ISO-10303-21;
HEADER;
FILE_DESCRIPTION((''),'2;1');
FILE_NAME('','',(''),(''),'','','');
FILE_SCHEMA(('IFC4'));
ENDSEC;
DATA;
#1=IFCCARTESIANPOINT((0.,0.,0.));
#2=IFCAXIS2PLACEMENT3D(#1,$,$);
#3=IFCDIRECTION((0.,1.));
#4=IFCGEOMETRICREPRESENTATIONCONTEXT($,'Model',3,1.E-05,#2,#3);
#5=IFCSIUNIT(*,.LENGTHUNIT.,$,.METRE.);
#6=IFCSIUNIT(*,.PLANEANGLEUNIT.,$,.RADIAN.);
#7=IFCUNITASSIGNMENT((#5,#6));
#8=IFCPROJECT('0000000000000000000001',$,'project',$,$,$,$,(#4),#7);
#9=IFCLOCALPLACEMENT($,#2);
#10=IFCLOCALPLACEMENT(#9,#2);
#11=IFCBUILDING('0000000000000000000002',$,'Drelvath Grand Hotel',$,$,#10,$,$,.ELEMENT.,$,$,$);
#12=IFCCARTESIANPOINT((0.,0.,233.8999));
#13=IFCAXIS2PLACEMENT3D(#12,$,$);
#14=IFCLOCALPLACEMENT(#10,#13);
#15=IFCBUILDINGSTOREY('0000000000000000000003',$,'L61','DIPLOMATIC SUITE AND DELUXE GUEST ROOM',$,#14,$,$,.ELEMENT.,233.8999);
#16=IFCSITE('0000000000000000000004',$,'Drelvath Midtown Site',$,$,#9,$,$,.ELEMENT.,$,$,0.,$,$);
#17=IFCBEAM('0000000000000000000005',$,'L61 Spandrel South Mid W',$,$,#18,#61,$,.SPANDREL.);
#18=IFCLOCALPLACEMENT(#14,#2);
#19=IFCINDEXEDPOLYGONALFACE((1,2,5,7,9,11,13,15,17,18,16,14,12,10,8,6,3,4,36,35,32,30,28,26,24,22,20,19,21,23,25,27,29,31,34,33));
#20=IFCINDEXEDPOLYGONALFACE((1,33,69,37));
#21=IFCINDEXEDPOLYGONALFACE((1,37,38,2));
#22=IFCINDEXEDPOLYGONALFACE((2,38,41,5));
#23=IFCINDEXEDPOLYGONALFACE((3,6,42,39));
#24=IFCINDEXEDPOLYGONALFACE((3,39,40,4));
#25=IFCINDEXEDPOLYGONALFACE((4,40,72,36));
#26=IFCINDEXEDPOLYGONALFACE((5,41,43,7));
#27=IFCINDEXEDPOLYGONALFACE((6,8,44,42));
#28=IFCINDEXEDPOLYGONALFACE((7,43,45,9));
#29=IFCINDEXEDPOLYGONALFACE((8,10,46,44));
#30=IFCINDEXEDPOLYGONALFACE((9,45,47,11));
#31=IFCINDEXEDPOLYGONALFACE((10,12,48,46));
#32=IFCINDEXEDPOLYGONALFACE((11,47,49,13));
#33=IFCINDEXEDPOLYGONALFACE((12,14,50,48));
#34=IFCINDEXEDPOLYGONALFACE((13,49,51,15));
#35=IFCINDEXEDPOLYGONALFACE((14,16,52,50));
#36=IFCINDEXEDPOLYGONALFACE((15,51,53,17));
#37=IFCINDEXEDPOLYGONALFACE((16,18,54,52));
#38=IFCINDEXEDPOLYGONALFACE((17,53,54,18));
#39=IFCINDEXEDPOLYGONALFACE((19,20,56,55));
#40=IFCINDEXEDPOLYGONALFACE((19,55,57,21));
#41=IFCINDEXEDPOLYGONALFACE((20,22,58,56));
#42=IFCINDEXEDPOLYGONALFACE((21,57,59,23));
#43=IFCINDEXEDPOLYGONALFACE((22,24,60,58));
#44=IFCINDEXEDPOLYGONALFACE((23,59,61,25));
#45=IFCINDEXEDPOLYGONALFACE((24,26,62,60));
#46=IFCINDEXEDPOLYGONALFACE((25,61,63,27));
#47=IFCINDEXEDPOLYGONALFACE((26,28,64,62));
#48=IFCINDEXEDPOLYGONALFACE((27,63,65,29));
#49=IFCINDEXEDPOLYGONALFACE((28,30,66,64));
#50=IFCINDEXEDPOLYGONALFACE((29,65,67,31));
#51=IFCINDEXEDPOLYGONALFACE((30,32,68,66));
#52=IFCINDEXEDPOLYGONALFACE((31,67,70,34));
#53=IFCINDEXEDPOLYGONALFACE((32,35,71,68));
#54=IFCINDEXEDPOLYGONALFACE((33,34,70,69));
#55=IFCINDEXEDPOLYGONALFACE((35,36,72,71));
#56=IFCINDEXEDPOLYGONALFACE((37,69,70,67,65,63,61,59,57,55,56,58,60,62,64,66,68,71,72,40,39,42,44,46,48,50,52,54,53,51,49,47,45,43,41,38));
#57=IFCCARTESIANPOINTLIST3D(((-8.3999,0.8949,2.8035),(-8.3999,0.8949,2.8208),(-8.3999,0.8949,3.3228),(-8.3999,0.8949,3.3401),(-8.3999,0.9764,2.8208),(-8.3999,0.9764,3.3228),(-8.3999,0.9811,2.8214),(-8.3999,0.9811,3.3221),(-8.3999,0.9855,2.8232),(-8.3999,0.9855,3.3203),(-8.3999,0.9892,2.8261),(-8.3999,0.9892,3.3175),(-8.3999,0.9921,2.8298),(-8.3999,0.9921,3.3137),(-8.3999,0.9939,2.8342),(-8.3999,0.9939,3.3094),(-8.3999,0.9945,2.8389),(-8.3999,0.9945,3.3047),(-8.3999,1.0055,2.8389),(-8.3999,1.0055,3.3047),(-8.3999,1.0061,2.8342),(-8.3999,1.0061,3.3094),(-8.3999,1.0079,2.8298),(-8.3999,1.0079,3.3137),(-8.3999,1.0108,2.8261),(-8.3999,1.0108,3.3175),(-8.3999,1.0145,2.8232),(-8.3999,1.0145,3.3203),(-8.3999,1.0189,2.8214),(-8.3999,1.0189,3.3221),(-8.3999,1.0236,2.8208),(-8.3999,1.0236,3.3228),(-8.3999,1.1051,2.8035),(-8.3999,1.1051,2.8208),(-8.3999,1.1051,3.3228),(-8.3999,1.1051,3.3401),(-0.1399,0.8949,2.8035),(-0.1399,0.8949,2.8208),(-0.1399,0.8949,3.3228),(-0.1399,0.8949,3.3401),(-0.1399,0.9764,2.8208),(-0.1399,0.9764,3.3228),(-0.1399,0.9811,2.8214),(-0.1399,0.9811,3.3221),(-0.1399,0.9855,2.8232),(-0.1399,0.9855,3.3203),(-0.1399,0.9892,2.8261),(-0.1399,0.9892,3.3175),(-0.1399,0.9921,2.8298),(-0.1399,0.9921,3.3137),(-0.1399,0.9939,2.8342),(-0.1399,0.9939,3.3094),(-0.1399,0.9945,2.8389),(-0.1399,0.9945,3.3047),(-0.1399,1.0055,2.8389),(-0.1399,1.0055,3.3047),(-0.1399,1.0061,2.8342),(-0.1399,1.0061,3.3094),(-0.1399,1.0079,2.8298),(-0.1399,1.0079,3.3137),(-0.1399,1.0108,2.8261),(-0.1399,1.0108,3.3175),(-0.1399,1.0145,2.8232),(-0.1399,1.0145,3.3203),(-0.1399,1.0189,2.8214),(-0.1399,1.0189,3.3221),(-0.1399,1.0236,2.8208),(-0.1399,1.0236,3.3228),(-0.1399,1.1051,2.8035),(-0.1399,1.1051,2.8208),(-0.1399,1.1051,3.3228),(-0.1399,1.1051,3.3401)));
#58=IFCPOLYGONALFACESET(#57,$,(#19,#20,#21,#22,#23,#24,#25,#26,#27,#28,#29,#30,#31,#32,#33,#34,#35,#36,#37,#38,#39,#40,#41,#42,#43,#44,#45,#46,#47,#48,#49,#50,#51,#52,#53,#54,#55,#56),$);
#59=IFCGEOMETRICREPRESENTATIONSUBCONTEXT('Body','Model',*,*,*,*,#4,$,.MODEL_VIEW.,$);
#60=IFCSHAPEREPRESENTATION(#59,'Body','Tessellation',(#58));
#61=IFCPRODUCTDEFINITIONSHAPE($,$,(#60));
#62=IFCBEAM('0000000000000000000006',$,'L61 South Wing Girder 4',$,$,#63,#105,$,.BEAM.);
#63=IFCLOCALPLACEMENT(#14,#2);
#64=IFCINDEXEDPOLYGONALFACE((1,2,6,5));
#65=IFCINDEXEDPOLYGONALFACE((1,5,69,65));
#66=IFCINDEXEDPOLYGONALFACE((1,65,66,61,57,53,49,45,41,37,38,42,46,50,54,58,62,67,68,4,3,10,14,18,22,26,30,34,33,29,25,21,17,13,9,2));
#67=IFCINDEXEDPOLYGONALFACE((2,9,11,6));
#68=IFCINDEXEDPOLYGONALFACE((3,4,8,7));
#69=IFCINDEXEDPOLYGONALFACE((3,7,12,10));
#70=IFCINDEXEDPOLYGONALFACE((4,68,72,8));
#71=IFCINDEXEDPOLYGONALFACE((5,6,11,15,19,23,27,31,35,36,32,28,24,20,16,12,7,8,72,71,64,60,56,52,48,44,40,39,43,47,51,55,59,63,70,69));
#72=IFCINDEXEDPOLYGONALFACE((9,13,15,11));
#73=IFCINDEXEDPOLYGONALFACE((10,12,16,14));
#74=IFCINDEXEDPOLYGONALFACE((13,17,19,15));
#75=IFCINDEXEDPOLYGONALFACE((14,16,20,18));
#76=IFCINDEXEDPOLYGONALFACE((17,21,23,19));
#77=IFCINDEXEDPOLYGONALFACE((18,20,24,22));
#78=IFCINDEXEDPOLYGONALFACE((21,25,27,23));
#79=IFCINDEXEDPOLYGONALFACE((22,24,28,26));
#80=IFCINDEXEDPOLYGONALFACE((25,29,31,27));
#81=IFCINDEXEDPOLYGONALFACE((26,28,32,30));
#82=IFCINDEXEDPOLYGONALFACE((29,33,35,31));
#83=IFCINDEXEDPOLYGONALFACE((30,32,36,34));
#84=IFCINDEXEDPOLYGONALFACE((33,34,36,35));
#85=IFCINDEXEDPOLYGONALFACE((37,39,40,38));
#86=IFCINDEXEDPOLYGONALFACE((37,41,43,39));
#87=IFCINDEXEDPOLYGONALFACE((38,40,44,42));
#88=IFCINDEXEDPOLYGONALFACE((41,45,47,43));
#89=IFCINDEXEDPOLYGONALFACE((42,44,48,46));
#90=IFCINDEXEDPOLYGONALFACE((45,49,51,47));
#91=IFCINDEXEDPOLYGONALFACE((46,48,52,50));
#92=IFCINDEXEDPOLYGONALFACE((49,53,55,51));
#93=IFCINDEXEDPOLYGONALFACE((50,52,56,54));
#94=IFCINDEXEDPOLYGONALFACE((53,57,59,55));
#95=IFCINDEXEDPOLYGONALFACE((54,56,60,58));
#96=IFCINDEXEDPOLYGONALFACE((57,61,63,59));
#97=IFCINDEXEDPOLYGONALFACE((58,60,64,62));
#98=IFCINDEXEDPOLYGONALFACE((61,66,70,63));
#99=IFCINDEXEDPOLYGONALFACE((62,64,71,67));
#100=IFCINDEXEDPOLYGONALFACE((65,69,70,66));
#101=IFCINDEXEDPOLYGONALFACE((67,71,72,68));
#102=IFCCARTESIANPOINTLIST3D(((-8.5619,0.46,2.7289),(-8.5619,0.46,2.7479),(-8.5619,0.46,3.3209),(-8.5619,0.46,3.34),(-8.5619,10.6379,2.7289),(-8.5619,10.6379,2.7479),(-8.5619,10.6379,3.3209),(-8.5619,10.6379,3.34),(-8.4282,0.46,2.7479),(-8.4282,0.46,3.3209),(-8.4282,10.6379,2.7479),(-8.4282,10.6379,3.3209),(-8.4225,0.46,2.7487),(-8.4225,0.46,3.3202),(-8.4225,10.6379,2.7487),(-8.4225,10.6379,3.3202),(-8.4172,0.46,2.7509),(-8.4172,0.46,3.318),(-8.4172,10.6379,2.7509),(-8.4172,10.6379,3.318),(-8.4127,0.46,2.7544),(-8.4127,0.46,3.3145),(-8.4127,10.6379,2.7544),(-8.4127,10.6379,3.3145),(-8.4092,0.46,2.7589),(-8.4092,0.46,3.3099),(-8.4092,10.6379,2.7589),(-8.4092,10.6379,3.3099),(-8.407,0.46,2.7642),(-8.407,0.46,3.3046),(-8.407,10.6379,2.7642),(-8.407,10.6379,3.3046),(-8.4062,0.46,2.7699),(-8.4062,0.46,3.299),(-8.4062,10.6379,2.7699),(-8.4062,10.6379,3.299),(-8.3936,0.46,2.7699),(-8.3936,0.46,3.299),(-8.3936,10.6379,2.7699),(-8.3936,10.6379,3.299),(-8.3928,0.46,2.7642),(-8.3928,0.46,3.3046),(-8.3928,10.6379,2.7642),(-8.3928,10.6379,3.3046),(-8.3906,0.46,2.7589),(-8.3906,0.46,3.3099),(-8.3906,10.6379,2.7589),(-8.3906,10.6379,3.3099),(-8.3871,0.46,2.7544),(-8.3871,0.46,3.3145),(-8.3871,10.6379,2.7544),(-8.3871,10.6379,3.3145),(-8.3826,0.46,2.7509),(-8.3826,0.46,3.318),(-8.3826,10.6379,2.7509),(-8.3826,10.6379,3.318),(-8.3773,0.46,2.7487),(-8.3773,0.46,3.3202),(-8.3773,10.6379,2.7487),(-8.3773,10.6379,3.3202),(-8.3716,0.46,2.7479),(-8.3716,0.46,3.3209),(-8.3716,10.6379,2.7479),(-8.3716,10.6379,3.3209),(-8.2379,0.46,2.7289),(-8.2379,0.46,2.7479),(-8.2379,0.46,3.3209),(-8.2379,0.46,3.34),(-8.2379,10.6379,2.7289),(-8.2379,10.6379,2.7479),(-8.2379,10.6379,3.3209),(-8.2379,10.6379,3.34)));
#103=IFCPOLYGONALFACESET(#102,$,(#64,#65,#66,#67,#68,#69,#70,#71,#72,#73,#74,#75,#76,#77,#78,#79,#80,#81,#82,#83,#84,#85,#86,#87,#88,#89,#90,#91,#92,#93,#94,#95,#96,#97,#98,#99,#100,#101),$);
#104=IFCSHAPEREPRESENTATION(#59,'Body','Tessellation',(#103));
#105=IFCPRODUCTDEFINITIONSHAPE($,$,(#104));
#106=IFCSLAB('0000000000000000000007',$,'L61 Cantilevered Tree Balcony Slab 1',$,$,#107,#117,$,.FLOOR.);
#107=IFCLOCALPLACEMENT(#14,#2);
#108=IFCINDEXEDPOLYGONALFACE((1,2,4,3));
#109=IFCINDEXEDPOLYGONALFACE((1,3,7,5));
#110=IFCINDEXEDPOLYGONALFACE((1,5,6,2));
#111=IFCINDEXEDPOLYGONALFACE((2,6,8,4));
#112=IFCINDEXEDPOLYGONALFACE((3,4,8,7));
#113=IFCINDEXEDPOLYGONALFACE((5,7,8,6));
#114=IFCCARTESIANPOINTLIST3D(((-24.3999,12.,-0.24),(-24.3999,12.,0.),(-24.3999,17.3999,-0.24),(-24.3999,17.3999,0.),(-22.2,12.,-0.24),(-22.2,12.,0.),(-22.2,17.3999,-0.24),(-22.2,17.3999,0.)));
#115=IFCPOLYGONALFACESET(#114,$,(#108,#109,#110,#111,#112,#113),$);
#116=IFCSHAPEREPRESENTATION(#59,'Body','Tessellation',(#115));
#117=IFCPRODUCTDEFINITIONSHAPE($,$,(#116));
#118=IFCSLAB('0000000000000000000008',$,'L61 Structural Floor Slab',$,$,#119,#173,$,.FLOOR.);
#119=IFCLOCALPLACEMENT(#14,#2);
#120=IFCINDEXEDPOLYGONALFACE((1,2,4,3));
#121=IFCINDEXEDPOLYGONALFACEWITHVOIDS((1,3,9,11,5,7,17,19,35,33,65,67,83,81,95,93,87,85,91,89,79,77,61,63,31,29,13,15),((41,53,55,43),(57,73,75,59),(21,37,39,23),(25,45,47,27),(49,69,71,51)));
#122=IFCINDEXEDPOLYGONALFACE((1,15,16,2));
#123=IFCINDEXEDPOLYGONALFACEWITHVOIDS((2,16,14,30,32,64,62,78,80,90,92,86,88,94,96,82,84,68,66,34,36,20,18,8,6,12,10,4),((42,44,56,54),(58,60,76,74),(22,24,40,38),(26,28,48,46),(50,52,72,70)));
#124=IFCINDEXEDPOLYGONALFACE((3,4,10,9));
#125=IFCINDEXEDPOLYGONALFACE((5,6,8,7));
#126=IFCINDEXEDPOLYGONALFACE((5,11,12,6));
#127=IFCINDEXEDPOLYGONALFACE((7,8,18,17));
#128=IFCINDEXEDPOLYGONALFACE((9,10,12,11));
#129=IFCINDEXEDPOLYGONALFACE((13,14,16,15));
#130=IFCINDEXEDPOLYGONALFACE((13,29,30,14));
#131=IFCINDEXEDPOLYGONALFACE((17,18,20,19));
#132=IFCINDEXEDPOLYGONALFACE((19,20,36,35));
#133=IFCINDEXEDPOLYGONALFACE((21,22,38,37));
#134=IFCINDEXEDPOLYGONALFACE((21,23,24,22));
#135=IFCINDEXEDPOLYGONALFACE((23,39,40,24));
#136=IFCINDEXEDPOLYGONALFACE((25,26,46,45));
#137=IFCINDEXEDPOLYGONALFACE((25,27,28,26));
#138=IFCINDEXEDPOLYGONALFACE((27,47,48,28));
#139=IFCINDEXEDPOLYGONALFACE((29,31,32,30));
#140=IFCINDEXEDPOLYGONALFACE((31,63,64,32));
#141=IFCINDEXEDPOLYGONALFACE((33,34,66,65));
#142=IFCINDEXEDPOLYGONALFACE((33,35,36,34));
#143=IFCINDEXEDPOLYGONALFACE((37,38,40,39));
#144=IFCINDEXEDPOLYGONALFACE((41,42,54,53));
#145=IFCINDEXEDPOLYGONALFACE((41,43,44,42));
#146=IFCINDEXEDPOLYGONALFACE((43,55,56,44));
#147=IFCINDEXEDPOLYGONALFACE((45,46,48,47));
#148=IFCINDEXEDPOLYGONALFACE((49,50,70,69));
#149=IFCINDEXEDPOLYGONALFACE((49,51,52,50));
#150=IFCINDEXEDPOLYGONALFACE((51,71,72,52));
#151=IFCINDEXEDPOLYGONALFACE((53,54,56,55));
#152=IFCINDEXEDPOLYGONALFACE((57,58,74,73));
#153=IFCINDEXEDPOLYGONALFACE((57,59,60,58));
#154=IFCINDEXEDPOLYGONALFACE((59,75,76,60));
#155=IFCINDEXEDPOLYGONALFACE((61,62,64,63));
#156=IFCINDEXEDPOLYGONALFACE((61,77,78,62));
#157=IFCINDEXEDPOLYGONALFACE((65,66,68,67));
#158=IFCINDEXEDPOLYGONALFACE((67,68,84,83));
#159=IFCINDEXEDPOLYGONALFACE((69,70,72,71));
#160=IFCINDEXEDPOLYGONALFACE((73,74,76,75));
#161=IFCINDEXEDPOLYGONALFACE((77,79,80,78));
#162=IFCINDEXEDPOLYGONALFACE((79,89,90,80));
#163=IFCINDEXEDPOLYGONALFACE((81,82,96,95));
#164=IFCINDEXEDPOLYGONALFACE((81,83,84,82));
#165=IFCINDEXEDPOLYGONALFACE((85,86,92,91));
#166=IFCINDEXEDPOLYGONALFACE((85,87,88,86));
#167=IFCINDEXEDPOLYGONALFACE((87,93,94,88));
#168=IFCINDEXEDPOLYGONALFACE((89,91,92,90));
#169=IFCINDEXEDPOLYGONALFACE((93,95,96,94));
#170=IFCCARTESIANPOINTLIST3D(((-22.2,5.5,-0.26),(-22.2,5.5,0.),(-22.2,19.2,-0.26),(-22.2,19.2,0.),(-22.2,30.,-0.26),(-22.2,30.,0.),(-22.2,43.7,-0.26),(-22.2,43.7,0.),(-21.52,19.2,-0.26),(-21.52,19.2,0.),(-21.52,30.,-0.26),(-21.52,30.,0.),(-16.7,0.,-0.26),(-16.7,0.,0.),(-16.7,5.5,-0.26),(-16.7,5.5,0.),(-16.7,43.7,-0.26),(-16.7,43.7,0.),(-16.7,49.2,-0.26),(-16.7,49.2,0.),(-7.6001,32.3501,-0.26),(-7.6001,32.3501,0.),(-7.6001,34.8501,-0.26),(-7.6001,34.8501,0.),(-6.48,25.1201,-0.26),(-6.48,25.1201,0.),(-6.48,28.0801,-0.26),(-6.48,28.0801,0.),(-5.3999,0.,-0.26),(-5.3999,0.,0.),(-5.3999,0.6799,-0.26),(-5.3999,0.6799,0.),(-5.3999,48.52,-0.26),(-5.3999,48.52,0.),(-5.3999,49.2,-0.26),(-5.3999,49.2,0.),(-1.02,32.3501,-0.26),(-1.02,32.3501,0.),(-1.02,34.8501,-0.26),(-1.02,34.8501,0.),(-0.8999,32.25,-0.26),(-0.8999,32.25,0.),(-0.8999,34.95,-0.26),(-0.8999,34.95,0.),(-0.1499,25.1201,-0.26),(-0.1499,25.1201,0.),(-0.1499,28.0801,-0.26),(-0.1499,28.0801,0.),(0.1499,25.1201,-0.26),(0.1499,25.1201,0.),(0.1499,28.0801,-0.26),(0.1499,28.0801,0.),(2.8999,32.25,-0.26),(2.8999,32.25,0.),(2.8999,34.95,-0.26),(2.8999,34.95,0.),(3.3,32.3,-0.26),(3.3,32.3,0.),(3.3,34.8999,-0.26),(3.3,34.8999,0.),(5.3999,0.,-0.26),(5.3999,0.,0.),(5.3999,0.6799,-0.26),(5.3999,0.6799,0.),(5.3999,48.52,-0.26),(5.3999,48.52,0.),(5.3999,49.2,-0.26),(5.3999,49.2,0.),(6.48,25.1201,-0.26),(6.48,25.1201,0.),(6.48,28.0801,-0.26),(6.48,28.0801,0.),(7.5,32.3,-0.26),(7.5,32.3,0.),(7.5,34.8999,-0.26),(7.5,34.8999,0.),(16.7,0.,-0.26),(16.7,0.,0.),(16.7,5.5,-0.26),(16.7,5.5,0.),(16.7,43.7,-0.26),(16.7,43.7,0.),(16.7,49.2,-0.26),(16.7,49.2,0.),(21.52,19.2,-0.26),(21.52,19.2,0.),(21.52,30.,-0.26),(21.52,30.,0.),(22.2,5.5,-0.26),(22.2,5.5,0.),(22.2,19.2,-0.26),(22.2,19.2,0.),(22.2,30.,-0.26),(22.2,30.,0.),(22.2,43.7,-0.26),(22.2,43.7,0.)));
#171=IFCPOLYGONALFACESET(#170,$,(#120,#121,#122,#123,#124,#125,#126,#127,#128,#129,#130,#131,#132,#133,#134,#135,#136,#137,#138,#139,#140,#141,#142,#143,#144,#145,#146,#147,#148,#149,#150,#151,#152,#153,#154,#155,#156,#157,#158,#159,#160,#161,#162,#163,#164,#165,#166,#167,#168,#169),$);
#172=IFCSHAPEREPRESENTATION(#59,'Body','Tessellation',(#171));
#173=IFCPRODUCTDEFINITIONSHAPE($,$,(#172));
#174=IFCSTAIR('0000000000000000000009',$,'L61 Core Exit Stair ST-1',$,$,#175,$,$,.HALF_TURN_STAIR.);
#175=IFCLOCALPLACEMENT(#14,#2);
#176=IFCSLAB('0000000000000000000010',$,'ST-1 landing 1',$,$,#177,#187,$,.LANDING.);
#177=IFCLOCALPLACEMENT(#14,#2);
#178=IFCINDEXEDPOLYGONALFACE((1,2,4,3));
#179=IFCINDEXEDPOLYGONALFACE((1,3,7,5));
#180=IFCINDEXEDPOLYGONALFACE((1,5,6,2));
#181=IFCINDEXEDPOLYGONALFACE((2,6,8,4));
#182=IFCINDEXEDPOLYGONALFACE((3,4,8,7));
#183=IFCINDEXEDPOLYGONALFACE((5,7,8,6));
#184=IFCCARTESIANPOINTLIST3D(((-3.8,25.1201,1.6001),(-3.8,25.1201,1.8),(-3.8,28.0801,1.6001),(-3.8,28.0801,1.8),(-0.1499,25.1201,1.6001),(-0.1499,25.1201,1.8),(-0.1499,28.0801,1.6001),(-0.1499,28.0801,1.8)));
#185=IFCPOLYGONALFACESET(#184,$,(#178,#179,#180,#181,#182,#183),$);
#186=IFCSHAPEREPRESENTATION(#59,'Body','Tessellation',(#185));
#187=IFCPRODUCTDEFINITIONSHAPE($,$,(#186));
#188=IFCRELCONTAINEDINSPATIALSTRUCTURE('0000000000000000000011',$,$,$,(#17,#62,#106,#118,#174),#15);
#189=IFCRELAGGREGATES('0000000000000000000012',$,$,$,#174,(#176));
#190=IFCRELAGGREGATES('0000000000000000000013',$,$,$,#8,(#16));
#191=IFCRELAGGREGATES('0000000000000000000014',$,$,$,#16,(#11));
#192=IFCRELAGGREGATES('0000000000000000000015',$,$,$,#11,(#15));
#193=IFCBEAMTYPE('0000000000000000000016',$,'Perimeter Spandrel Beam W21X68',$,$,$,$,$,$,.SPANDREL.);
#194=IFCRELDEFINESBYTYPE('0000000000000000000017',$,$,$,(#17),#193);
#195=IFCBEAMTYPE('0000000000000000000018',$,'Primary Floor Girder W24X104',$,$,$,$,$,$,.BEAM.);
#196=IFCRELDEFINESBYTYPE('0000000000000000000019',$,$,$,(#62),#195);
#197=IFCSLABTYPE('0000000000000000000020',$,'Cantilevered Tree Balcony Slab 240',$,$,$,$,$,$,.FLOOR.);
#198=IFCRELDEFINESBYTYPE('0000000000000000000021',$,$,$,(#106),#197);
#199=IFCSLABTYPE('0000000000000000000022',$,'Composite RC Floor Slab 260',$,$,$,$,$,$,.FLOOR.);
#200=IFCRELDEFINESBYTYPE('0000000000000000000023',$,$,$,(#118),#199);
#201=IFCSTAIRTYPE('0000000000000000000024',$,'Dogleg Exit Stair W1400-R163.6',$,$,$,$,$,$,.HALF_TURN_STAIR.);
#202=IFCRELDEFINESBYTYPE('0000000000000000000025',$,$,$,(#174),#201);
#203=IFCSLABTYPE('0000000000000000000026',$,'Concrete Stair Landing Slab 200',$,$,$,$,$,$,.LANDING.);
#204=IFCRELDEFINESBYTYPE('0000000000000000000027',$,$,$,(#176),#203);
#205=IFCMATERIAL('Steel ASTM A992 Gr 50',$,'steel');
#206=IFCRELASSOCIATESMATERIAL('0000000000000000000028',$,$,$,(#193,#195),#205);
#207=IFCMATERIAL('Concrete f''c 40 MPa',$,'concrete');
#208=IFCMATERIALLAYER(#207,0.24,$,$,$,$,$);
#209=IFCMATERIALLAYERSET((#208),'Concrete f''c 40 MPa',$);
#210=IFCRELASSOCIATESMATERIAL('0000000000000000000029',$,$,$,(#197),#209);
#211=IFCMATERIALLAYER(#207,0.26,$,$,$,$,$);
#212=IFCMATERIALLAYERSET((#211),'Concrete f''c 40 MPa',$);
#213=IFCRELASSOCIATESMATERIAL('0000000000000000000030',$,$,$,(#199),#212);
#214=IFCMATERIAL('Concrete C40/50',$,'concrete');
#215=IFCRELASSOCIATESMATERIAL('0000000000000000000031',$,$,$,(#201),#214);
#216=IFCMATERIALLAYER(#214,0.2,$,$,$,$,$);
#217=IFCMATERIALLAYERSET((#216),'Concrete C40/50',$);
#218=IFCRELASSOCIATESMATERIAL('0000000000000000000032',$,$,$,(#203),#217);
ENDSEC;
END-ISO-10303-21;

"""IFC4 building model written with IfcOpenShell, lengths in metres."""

from ifc_helpers import new_model, si_unit, direction, frame, origin, origin_2d, place, context, subcontext, project, spatial, polyline, i_section, outline, extrude, material, layer, layer_set, material_profile, profile_set, type_object, element, aggregate, save


model = new_model("IFC4")

# Units and contexts
model_context = context("Model", 3, precision=1e-05, world=origin(), true_north=direction((0.0, 1.0)))
body_context = subcontext(model_context, "Body", "Model", "MODEL_VIEW")
ifc_project = project(units=[si_unit("LENGTHUNIT", "METRE"), si_unit("PLANEANGLEUNIT", "RADIAN")], contexts=[model_context])

# Site, building, storey
site_placement = place(None, origin())
site = spatial("IfcSite", under=ifc_project, at=site_placement, Name="Drelvath Midtown Site", CompositionType="ELEMENT", RefElevation=0.0)
building_placement = place(site_placement, origin())
building = spatial("IfcBuilding", under=site, at=building_placement, Name="Drelvath Grand Hotel", CompositionType="ELEMENT")
storey_placement = place(building_placement, frame((0.0, 0.0, 233.8999)))
storey = spatial("IfcBuildingStorey", under=building, at=storey_placement, Name="L61", Description="DIPLOMATIC SUITE AND DELUXE GUEST ROOM", CompositionType="ELEMENT", Elevation=233.8999)

# Beams
ifc_material_1 = material(Name="Steel ASTM A992 Gr 50", Category="steel")
ifc_material_profile_1 = material_profile(ifc_material_1, i_section(OverallWidth=0.2102, OverallDepth=0.5366, WebThickness=0.011, FlangeThickness=0.0173, FilletRadius=0.0181, at=origin_2d()), Name="W21X68")
ifc_profile_set_1 = profile_set([ifc_material_profile_1], Name="Steel ASTM A992 Gr 50")
beam_type_1 = type_object("IfcBeamType", Name="Perimeter Spandrel Beam W21X68", PredefinedType="SPANDREL", material=ifc_profile_set_1)
beam_1_placement = place(storey_placement, frame((-8.3999, 1.0, 3.0718), z_axis=(1.0, 0.0, 0.0), x_axis=(0.0, 1.0, 0.0)))
element("IfcBeam", 1, at=beam_1_placement, inside=storey, type_object=beam_type_1, Name="L61 Spandrel South Mid W", PredefinedType="SPANDREL", context=body_context, shape_type="SweptSolid", body=[
    extrude(i_section(OverallWidth=0.2102, OverallDepth=0.5366, WebThickness=0.011, FlangeThickness=0.0173, FilletRadius=0.0181, at=origin_2d()), origin(), (0.0, 0.0, 1.0), 8.26),
])
ifc_material_profile_2 = material_profile(ifc_material_1, i_section(OverallWidth=0.324, OverallDepth=0.6111, WebThickness=0.0127, FlangeThickness=0.019, FilletRadius=0.022, at=origin_2d()), Name="W24X104")
ifc_profile_set_2 = profile_set([ifc_material_profile_2], Name="Steel ASTM A992 Gr 50")
beam_type_2 = type_object("IfcBeamType", Name="Primary Floor Girder W24X104", PredefinedType="BEAM", material=ifc_profile_set_2)
beam_2_placement = place(storey_placement, frame((-8.3999, 0.46, 3.0344), z_axis=(0.0, 1.0, 0.0), x_axis=(-1.0, 0.0, 0.0)))
element("IfcBeam", 2, at=beam_2_placement, inside=storey, type_object=beam_type_2, Name="L61 South Wing Girder 4", PredefinedType="BEAM", context=body_context, shape_type="SweptSolid", body=[
    extrude(i_section(OverallWidth=0.324, OverallDepth=0.6111, WebThickness=0.0127, FlangeThickness=0.019, FilletRadius=0.022, at=origin_2d()), origin(), (0.0, 0.0, 1.0), 10.178),
])

# Slabs
ifc_material_2 = material(Name="Concrete f'c 40 MPa", Category="concrete")
ifc_layer_1 = layer(ifc_material_2, 0.24)
ifc_layer_set_1 = layer_set([ifc_layer_1], Name="Concrete f'c 40 MPa")
slab_type_1 = type_object("IfcSlabType", Name="Cantilevered Tree Balcony Slab 240", PredefinedType="FLOOR", material=ifc_layer_set_1)
slab_1_placement = place(storey_placement, frame((0.0, 0.0, -0.24)))
element("IfcSlab", 3, at=slab_1_placement, inside=storey, type_object=slab_type_1, Name="L61 Cantilevered Tree Balcony Slab 1", PredefinedType="FLOOR", context=body_context, shape_type="SweptSolid", body=[
    extrude(outline(polyline([(-24.3999, 12.0), (-22.2, 12.0), (-22.2, 17.3999), (-24.3999, 17.3999), (-24.3999, 12.0)])), origin(), (0.0, 0.0, 1.0), 0.24),
])
ifc_layer_2 = layer(ifc_material_2, 0.26)
ifc_layer_set_2 = layer_set([ifc_layer_2], Name="Concrete f'c 40 MPa")
slab_type_2 = type_object("IfcSlabType", Name="Composite RC Floor Slab 260", PredefinedType="FLOOR", material=ifc_layer_set_2)
slab_2_placement = place(storey_placement, frame((0.0, 0.0, -0.26)))
element("IfcSlab", 4, at=slab_2_placement, inside=storey, type_object=slab_type_2, Name="L61 Structural Floor Slab", PredefinedType="FLOOR", context=body_context, shape_type="SweptSolid", body=[
    extrude(outline(polyline([(-16.7, 0.0), (-5.3999, 0.0), (-5.3999, 0.6799), (5.3999, 0.6799), (5.3999, 0.0), (16.7, 0.0), (16.7, 5.5), (22.2, 5.5), (22.2, 19.2), (21.52, 19.2), (21.52, 30.0), (22.2, 30.0), (22.2, 43.7), (16.7, 43.7), (16.7, 49.2), (5.3999, 49.2), (5.3999, 48.52), (-5.3999, 48.52), (-5.3999, 49.2), (-16.7, 49.2), (-16.7, 43.7), (-22.2, 43.7), (-22.2, 30.0), (-21.52, 30.0), (-21.52, 19.2), (-22.2, 19.2), (-22.2, 5.5), (-16.7, 5.5), (-16.7, 0.0)]), holes=[polyline([(-6.48, 25.1201), (-6.48, 28.0801), (-0.1499, 28.0801), (-0.1499, 25.1201), (-6.48, 25.1201)]), polyline([(0.1499, 25.1201), (0.1499, 28.0801), (6.48, 28.0801), (6.48, 25.1201), (0.1499, 25.1201)]), polyline([(-7.6001, 32.3501), (-7.6001, 34.8501), (-1.02, 34.8501), (-1.02, 32.3501), (-7.6001, 32.3501)]), polyline([(-0.8999, 32.25), (-0.8999, 34.95), (2.8999, 34.95), (2.8999, 32.25), (-0.8999, 32.25)]), polyline([(3.3, 32.3), (3.3, 34.8999), (7.5, 34.8999), (7.5, 32.3), (3.3, 32.3)])]), origin(), (0.0, 0.0, 1.0), 0.26),
])

# Stair, slab
ifc_material_3 = material(Name="Concrete C40/50", Category="concrete")
stair_type = type_object("IfcStairType", Name="Dogleg Exit Stair W1400-R163.6", PredefinedType="HALF_TURN_STAIR", material=ifc_material_3)
stair_1_placement = place(storey_placement, origin())
stair_1 = element("IfcStair", 5, at=stair_1_placement, inside=storey, type_object=stair_type, Name="L61 Core Exit Stair ST-1", PredefinedType="HALF_TURN_STAIR")
ifc_layer_3 = layer(ifc_material_3, 0.2)
ifc_layer_set_3 = layer_set([ifc_layer_3], Name="Concrete C40/50")
slab_type_3 = type_object("IfcSlabType", Name="Concrete Stair Landing Slab 200", PredefinedType="LANDING", material=ifc_layer_set_3)
slab_3_placement = place(storey_placement, frame((0.0, 0.0, 1.6001)))
slab_3 = element("IfcSlab", 6, at=slab_3_placement, type_object=slab_type_3, Name="ST-1 landing 1", PredefinedType="LANDING", context=body_context, shape_type="SweptSolid", body=[
    extrude(outline(polyline([(-3.8, 25.1201), (-0.1499, 25.1201), (-0.1499, 28.0801), (-3.8, 28.0801), (-3.8, 25.1201)])), origin(), (0.0, 0.0, 1.0), 0.2),
])
aggregate(stair_1, [slab_3])

save(model, "model.ifc")
